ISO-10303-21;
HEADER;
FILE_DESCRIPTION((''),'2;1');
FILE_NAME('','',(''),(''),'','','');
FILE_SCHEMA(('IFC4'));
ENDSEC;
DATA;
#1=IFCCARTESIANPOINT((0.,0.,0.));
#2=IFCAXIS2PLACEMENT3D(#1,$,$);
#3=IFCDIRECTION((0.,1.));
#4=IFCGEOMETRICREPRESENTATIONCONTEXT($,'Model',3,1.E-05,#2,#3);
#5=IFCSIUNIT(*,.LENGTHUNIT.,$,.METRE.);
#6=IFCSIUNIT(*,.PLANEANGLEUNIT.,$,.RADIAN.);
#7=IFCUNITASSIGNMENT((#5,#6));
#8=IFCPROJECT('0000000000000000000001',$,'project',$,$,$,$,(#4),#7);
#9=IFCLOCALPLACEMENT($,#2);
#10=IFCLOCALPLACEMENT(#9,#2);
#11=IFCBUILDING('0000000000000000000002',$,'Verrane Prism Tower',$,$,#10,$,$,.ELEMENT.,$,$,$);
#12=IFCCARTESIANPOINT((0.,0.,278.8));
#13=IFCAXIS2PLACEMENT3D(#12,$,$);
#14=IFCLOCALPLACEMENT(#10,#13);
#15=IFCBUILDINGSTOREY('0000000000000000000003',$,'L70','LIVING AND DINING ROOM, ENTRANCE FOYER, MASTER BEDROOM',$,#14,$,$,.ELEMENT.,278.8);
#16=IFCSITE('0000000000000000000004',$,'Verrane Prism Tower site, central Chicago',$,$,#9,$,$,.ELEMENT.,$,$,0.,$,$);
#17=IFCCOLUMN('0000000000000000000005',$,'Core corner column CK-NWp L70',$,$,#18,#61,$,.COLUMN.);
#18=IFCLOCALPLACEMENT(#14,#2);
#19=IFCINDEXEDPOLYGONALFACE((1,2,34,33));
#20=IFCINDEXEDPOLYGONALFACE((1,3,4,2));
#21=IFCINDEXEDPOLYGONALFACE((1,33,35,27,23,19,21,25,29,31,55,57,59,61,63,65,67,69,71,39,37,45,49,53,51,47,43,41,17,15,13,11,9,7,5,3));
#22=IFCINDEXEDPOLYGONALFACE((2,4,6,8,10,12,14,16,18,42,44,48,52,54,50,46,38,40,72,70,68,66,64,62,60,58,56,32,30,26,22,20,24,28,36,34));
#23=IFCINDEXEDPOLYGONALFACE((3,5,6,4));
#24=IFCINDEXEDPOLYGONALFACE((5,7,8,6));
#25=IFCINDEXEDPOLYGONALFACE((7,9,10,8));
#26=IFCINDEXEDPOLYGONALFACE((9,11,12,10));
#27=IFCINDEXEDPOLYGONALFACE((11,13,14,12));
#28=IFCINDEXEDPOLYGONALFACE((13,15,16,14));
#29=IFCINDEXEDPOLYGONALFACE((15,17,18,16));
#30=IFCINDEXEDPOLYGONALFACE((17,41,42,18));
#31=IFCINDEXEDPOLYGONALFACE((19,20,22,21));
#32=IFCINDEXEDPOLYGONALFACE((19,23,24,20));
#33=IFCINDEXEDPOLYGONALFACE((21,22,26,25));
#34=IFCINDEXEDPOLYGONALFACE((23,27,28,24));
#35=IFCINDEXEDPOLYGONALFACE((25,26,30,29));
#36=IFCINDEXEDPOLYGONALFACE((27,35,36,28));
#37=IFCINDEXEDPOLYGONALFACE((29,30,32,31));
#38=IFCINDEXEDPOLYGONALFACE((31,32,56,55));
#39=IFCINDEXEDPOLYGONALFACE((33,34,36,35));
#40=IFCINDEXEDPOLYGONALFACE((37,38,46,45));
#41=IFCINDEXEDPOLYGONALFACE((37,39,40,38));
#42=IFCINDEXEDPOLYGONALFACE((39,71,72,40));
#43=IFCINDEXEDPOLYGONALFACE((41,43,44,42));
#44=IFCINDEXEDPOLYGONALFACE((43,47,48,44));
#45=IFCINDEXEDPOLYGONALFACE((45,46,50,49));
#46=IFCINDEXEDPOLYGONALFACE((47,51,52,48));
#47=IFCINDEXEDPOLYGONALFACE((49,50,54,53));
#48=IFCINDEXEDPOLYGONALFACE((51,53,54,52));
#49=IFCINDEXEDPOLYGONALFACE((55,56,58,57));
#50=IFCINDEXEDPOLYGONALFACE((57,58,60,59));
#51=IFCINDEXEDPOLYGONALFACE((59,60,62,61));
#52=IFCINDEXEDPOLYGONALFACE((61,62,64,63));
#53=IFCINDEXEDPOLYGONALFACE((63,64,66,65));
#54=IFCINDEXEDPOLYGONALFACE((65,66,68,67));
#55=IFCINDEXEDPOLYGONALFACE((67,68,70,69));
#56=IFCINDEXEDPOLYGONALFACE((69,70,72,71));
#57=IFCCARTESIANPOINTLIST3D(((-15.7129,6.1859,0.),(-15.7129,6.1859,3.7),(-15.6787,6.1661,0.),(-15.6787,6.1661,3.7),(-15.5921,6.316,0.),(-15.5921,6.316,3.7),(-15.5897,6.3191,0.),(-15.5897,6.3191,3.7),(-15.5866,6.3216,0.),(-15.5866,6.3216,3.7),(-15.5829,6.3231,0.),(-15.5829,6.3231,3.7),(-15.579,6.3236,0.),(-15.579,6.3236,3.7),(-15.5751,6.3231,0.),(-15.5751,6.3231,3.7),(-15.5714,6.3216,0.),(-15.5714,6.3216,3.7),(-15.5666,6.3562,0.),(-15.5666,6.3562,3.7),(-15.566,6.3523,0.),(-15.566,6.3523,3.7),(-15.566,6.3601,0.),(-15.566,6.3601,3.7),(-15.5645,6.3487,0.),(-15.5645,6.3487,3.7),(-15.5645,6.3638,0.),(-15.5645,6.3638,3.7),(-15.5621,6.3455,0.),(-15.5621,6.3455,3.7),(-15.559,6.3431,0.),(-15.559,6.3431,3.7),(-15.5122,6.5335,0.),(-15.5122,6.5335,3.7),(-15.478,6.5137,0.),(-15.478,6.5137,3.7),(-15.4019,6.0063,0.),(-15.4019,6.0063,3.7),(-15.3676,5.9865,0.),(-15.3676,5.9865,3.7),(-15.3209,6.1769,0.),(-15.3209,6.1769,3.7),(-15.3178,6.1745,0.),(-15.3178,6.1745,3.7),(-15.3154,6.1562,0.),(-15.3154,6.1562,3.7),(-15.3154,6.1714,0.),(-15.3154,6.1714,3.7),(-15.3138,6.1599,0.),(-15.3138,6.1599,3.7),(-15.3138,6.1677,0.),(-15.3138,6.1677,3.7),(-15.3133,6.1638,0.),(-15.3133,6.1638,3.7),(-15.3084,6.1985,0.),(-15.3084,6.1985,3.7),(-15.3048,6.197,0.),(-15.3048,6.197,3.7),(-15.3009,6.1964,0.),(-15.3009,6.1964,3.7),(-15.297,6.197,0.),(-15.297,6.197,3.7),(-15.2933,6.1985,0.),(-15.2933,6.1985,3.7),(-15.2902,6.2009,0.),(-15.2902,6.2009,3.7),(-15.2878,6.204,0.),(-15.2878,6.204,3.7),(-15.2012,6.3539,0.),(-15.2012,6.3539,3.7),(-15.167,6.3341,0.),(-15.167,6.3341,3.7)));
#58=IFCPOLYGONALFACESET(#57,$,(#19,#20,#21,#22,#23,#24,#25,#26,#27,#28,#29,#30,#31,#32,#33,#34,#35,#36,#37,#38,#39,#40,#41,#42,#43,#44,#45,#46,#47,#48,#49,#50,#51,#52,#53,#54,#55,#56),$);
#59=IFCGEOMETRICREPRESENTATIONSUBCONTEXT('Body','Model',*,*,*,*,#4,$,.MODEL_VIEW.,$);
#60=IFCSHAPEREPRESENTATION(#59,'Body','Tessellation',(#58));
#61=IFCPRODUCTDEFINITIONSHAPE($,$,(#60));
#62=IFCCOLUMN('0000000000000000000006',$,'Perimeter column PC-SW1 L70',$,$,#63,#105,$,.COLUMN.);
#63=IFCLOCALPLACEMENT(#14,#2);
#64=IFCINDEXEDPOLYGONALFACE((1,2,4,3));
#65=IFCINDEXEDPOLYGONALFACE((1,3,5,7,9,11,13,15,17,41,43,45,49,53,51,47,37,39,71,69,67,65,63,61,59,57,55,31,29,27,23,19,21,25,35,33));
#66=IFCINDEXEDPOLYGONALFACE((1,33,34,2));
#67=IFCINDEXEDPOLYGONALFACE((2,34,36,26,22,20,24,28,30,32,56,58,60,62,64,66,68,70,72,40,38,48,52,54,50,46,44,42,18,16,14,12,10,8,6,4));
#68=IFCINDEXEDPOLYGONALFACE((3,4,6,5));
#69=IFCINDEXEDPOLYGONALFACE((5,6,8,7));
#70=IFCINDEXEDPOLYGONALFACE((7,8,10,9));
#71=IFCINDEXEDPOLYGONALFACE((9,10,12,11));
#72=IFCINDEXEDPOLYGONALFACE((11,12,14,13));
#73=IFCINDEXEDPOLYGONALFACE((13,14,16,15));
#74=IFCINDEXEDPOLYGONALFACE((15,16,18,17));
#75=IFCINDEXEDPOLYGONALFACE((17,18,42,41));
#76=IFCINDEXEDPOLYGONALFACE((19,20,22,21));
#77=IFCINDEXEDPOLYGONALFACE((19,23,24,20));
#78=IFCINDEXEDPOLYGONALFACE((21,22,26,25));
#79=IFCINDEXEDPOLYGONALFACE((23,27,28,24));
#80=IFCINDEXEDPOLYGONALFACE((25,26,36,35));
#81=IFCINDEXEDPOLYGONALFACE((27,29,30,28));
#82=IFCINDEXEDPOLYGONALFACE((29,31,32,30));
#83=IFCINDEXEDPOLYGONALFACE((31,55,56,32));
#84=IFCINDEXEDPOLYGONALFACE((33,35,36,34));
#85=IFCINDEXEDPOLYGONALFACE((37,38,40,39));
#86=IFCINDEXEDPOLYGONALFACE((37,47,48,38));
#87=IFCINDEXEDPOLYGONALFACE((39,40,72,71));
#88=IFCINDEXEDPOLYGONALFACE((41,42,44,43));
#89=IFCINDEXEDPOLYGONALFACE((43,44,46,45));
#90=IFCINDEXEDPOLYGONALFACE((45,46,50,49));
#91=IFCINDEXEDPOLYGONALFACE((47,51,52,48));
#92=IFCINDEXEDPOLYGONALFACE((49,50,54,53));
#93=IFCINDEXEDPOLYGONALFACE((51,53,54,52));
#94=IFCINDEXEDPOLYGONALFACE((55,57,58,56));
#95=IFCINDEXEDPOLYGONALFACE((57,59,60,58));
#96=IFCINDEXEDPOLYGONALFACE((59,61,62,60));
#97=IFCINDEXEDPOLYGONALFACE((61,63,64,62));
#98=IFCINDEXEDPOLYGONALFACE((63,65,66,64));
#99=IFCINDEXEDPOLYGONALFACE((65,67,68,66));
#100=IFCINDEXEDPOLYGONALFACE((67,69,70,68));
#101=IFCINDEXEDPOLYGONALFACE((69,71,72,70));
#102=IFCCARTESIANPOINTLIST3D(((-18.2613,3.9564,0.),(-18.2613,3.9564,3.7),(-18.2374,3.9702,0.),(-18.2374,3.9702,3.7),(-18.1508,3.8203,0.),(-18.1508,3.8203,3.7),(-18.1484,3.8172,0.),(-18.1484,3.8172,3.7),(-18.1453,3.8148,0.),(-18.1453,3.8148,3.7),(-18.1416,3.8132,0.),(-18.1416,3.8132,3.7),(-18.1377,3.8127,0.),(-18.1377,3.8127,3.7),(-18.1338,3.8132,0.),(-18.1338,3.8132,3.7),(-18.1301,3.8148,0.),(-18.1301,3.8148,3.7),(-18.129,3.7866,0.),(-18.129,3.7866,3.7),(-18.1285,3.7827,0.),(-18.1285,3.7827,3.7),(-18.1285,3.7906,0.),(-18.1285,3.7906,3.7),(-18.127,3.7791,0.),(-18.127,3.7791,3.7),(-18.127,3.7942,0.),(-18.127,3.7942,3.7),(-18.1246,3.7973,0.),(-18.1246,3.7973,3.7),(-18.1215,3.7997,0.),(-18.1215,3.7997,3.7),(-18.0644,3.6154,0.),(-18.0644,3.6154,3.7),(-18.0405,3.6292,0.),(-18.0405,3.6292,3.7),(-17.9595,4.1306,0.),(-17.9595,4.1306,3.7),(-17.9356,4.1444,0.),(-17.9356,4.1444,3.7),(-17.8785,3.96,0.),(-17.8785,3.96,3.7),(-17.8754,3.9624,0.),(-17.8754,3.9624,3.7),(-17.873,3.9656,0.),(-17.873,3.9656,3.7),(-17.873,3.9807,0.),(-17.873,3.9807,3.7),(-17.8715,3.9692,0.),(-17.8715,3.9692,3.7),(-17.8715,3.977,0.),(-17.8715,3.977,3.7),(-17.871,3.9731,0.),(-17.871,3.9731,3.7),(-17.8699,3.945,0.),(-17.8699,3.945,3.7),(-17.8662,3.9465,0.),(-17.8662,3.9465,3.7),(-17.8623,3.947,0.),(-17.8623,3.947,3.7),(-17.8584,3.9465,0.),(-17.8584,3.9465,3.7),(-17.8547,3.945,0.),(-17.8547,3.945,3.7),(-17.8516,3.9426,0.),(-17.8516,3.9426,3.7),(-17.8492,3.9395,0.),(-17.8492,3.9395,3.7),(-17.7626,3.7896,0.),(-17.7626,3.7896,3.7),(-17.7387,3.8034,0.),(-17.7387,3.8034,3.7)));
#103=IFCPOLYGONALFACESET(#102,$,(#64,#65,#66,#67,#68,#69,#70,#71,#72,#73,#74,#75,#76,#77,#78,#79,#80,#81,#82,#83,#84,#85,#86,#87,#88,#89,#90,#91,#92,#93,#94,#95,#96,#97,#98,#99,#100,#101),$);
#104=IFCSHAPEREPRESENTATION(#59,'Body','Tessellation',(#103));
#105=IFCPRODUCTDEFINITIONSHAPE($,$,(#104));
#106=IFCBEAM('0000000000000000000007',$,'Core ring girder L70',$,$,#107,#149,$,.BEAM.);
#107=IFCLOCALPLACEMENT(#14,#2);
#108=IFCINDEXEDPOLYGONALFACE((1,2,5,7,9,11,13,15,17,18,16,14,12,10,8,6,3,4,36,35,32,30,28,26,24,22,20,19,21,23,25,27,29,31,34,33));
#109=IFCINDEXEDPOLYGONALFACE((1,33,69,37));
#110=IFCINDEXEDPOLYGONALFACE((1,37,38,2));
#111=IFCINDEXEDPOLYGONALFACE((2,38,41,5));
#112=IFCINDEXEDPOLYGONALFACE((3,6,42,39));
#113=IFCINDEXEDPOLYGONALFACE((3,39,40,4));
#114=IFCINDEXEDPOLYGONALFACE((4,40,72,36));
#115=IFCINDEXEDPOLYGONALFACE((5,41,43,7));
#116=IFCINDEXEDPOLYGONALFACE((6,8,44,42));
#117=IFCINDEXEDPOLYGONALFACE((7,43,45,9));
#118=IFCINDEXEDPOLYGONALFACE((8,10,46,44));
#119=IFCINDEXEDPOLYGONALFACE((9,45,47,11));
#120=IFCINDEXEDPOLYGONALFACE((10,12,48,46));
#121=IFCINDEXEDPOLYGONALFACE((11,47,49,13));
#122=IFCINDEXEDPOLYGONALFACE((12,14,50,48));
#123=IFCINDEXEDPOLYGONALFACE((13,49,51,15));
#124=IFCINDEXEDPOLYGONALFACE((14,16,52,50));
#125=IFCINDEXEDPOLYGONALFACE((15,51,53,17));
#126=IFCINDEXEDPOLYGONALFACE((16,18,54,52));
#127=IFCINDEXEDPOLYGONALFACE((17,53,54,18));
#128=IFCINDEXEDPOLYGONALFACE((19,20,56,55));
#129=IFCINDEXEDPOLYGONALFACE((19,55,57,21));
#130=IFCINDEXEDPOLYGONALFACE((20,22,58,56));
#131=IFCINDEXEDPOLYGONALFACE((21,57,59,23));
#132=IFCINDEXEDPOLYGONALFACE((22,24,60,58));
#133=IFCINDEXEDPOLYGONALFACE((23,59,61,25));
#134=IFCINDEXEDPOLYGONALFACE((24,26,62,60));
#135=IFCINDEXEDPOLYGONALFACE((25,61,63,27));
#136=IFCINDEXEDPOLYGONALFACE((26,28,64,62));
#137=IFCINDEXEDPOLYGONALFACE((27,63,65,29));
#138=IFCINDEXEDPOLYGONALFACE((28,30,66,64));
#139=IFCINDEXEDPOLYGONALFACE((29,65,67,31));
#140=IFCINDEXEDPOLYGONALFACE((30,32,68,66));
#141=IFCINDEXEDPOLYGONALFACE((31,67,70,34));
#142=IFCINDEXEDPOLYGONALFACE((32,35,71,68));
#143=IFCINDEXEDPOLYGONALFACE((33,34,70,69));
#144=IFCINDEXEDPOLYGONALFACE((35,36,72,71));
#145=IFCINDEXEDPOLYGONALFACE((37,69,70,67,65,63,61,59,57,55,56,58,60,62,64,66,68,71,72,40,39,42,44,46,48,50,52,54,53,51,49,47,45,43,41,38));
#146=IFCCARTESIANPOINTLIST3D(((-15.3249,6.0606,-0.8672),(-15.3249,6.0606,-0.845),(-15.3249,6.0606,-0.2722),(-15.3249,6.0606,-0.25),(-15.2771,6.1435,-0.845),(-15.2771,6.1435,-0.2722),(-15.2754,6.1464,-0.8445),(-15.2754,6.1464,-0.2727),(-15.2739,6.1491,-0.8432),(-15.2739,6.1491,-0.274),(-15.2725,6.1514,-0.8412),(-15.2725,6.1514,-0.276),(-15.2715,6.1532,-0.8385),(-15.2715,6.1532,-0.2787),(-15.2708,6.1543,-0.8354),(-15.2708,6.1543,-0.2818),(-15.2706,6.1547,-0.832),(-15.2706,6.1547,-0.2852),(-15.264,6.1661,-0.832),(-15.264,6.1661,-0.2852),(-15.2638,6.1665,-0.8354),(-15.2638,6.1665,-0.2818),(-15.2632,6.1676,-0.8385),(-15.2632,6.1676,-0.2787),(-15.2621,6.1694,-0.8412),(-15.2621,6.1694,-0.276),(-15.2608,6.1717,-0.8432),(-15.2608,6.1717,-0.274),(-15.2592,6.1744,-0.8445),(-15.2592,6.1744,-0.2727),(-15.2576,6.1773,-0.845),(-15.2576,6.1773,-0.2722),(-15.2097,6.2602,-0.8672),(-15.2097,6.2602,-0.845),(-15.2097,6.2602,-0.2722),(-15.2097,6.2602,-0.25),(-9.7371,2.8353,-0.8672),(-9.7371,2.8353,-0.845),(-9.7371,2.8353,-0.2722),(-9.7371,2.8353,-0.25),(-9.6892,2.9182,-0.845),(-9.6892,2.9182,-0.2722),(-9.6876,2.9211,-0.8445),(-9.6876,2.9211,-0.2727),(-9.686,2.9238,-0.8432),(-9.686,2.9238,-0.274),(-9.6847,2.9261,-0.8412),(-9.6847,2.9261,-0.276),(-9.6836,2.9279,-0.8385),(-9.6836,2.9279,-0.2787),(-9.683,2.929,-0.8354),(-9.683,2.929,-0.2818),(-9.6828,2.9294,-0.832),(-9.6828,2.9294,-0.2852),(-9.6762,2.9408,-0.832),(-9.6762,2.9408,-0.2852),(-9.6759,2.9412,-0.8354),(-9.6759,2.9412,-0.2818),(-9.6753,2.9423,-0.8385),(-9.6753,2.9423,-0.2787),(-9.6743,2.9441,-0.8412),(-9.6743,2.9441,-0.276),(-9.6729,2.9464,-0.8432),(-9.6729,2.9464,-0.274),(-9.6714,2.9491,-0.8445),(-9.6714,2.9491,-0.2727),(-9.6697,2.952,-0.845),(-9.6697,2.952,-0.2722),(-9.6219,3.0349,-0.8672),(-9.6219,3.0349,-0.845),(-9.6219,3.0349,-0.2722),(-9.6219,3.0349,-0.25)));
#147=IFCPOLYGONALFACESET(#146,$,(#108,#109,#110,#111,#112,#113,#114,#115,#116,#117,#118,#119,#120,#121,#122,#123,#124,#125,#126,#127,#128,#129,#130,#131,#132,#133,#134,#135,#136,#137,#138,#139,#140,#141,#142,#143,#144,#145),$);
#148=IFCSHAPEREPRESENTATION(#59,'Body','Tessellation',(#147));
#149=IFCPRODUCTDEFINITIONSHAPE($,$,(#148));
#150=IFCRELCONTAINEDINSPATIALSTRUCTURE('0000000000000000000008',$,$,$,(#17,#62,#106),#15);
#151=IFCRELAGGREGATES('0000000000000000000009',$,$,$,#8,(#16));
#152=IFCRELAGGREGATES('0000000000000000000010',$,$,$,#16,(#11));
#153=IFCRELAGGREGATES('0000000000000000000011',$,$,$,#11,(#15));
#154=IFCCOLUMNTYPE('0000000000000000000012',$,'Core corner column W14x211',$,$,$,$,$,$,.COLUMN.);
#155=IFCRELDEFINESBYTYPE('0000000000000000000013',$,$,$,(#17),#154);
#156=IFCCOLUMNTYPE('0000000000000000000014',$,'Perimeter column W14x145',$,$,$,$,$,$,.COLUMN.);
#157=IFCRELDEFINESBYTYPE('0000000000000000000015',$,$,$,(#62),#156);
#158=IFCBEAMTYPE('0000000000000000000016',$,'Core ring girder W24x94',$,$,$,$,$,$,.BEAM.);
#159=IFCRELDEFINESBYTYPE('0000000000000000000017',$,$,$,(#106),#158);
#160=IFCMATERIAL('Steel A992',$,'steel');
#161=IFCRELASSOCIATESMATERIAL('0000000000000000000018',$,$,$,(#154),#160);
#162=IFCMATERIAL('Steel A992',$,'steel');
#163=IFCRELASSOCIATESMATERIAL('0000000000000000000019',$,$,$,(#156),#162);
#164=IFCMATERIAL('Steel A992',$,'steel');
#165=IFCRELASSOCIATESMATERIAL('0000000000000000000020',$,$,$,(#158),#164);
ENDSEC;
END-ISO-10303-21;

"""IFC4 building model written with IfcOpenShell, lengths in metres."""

from ifc_helpers import new_model, si_unit, direction, frame, origin, origin_2d, place, context, subcontext, project, spatial, i_section, extrude, material, material_profile, profile_set, type_object, element, save


model = new_model("IFC4")

# Units and contexts
model_context = context("Model", 3, precision=1e-05, world=origin(), true_north=direction((0.0, 1.0)))
body_context = subcontext(model_context, "Body", "Model", "MODEL_VIEW")
ifc_project = project(units=[si_unit("LENGTHUNIT", "METRE"), si_unit("PLANEANGLEUNIT", "RADIAN")], contexts=[model_context])

# Site, building, storey
site_placement = place(None, origin())
site = spatial("IfcSite", under=ifc_project, at=site_placement, Name="Verrane Prism Tower site, central Chicago", CompositionType="ELEMENT", RefElevation=0.0)
building_placement = place(site_placement, origin())
building = spatial("IfcBuilding", under=site, at=building_placement, Name="Verrane Prism Tower", CompositionType="ELEMENT")
storey_placement = place(building_placement, frame((0.0, 0.0, 278.8)))
storey = spatial("IfcBuildingStorey", under=building, at=storey_placement, Name="L70", Description="LIVING AND DINING ROOM, ENTRANCE FOYER, MASTER BEDROOM", CompositionType="ELEMENT", Elevation=278.8)

# Columns
ifc_material_1 = material(Name="Steel A992", Category="steel")
ifc_material_profile_1 = material_profile(ifc_material_1, i_section(OverallWidth=0.4014, OverallDepth=0.3987, WebThickness=0.0249, FlangeThickness=0.0396, FilletRadius=0.0151, at=origin_2d()), Name="W14x211")
ifc_profile_set_1 = profile_set([ifc_material_profile_1], Name="Steel A992")
column_type_1 = type_object("IfcColumnType", Name="Core corner column W14x211", PredefinedType="COLUMN", material=ifc_profile_set_1)
column_1_placement = place(storey_placement, frame((-15.4399, 6.26, 0.0), z_axis=(0.0, 0.0, 1.0), x_axis=(0.5, 0.866025, 0.0)))
element("IfcColumn", 1, at=column_1_placement, inside=storey, type_object=column_type_1, Name="Core corner column CK-NWp L70", PredefinedType="COLUMN", context=body_context, shape_type="SweptSolid", body=[
    extrude(i_section(OverallWidth=0.4014, OverallDepth=0.3987, WebThickness=0.0249, FlangeThickness=0.0396, FilletRadius=0.0151, at=origin_2d()), origin(), (0.0, 0.0, 1.0), 3.7),
])
ifc_material_2 = material(Name="Steel A992", Category="steel")
ifc_material_profile_2 = material_profile(ifc_material_2, i_section(OverallWidth=0.3938, OverallDepth=0.376, WebThickness=0.0173, FlangeThickness=0.0276, FilletRadius=0.0151, at=origin_2d()), Name="W14x145")
ifc_profile_set_2 = profile_set([ifc_material_profile_2], Name="Steel A992")
column_type_2 = type_object("IfcColumnType", Name="Perimeter column W14x145", PredefinedType="COLUMN", material=ifc_profile_set_2)
column_2_placement = place(storey_placement, frame((-18.0, 3.8799, 0.0), z_axis=(0.0, 0.0, 1.0), x_axis=(-0.5, 0.866025, 0.0)))
element("IfcColumn", 2, at=column_2_placement, inside=storey, type_object=column_type_2, Name="Perimeter column PC-SW1 L70", PredefinedType="COLUMN", context=body_context, shape_type="SweptSolid", body=[
    extrude(i_section(OverallWidth=0.3938, OverallDepth=0.376, WebThickness=0.0173, FlangeThickness=0.0276, FilletRadius=0.0151, at=origin_2d()), origin(), (0.0, 0.0, 1.0), 3.7),
])

# Beam
ifc_material_3 = material(Name="Steel A992", Category="steel")
ifc_material_profile_3 = material_profile(ifc_material_3, i_section(OverallWidth=0.2305, OverallDepth=0.6172, WebThickness=0.0132, FlangeThickness=0.0222, FilletRadius=0.0129, at=origin_2d()), Name="W24x94")
ifc_profile_set_3 = profile_set([ifc_material_profile_3], Name="Steel A992")
beam_type_1 = type_object("IfcBeamType", Name="Core ring girder W24x94", PredefinedType="BEAM", material=ifc_profile_set_3)
beam_1_placement = place(storey_placement, frame((-15.2673, 6.1604, -0.5586), z_axis=(0.866081, -0.499904, 0.0), x_axis=(0.499904, 0.866081, 0.0)))
element("IfcBeam", 3, at=beam_1_placement, inside=storey, type_object=beam_type_1, Name="Core ring girder L70", PredefinedType="BEAM", context=body_context, shape_type="SweptSolid", body=[
    extrude(i_section(OverallWidth=0.2305, OverallDepth=0.6172, WebThickness=0.0132, FlangeThickness=0.0222, FilletRadius=0.0129, at=origin_2d()), origin(), (0.0, 0.0, 1.0), 6.4519),
])

save(model, "model.ifc")
